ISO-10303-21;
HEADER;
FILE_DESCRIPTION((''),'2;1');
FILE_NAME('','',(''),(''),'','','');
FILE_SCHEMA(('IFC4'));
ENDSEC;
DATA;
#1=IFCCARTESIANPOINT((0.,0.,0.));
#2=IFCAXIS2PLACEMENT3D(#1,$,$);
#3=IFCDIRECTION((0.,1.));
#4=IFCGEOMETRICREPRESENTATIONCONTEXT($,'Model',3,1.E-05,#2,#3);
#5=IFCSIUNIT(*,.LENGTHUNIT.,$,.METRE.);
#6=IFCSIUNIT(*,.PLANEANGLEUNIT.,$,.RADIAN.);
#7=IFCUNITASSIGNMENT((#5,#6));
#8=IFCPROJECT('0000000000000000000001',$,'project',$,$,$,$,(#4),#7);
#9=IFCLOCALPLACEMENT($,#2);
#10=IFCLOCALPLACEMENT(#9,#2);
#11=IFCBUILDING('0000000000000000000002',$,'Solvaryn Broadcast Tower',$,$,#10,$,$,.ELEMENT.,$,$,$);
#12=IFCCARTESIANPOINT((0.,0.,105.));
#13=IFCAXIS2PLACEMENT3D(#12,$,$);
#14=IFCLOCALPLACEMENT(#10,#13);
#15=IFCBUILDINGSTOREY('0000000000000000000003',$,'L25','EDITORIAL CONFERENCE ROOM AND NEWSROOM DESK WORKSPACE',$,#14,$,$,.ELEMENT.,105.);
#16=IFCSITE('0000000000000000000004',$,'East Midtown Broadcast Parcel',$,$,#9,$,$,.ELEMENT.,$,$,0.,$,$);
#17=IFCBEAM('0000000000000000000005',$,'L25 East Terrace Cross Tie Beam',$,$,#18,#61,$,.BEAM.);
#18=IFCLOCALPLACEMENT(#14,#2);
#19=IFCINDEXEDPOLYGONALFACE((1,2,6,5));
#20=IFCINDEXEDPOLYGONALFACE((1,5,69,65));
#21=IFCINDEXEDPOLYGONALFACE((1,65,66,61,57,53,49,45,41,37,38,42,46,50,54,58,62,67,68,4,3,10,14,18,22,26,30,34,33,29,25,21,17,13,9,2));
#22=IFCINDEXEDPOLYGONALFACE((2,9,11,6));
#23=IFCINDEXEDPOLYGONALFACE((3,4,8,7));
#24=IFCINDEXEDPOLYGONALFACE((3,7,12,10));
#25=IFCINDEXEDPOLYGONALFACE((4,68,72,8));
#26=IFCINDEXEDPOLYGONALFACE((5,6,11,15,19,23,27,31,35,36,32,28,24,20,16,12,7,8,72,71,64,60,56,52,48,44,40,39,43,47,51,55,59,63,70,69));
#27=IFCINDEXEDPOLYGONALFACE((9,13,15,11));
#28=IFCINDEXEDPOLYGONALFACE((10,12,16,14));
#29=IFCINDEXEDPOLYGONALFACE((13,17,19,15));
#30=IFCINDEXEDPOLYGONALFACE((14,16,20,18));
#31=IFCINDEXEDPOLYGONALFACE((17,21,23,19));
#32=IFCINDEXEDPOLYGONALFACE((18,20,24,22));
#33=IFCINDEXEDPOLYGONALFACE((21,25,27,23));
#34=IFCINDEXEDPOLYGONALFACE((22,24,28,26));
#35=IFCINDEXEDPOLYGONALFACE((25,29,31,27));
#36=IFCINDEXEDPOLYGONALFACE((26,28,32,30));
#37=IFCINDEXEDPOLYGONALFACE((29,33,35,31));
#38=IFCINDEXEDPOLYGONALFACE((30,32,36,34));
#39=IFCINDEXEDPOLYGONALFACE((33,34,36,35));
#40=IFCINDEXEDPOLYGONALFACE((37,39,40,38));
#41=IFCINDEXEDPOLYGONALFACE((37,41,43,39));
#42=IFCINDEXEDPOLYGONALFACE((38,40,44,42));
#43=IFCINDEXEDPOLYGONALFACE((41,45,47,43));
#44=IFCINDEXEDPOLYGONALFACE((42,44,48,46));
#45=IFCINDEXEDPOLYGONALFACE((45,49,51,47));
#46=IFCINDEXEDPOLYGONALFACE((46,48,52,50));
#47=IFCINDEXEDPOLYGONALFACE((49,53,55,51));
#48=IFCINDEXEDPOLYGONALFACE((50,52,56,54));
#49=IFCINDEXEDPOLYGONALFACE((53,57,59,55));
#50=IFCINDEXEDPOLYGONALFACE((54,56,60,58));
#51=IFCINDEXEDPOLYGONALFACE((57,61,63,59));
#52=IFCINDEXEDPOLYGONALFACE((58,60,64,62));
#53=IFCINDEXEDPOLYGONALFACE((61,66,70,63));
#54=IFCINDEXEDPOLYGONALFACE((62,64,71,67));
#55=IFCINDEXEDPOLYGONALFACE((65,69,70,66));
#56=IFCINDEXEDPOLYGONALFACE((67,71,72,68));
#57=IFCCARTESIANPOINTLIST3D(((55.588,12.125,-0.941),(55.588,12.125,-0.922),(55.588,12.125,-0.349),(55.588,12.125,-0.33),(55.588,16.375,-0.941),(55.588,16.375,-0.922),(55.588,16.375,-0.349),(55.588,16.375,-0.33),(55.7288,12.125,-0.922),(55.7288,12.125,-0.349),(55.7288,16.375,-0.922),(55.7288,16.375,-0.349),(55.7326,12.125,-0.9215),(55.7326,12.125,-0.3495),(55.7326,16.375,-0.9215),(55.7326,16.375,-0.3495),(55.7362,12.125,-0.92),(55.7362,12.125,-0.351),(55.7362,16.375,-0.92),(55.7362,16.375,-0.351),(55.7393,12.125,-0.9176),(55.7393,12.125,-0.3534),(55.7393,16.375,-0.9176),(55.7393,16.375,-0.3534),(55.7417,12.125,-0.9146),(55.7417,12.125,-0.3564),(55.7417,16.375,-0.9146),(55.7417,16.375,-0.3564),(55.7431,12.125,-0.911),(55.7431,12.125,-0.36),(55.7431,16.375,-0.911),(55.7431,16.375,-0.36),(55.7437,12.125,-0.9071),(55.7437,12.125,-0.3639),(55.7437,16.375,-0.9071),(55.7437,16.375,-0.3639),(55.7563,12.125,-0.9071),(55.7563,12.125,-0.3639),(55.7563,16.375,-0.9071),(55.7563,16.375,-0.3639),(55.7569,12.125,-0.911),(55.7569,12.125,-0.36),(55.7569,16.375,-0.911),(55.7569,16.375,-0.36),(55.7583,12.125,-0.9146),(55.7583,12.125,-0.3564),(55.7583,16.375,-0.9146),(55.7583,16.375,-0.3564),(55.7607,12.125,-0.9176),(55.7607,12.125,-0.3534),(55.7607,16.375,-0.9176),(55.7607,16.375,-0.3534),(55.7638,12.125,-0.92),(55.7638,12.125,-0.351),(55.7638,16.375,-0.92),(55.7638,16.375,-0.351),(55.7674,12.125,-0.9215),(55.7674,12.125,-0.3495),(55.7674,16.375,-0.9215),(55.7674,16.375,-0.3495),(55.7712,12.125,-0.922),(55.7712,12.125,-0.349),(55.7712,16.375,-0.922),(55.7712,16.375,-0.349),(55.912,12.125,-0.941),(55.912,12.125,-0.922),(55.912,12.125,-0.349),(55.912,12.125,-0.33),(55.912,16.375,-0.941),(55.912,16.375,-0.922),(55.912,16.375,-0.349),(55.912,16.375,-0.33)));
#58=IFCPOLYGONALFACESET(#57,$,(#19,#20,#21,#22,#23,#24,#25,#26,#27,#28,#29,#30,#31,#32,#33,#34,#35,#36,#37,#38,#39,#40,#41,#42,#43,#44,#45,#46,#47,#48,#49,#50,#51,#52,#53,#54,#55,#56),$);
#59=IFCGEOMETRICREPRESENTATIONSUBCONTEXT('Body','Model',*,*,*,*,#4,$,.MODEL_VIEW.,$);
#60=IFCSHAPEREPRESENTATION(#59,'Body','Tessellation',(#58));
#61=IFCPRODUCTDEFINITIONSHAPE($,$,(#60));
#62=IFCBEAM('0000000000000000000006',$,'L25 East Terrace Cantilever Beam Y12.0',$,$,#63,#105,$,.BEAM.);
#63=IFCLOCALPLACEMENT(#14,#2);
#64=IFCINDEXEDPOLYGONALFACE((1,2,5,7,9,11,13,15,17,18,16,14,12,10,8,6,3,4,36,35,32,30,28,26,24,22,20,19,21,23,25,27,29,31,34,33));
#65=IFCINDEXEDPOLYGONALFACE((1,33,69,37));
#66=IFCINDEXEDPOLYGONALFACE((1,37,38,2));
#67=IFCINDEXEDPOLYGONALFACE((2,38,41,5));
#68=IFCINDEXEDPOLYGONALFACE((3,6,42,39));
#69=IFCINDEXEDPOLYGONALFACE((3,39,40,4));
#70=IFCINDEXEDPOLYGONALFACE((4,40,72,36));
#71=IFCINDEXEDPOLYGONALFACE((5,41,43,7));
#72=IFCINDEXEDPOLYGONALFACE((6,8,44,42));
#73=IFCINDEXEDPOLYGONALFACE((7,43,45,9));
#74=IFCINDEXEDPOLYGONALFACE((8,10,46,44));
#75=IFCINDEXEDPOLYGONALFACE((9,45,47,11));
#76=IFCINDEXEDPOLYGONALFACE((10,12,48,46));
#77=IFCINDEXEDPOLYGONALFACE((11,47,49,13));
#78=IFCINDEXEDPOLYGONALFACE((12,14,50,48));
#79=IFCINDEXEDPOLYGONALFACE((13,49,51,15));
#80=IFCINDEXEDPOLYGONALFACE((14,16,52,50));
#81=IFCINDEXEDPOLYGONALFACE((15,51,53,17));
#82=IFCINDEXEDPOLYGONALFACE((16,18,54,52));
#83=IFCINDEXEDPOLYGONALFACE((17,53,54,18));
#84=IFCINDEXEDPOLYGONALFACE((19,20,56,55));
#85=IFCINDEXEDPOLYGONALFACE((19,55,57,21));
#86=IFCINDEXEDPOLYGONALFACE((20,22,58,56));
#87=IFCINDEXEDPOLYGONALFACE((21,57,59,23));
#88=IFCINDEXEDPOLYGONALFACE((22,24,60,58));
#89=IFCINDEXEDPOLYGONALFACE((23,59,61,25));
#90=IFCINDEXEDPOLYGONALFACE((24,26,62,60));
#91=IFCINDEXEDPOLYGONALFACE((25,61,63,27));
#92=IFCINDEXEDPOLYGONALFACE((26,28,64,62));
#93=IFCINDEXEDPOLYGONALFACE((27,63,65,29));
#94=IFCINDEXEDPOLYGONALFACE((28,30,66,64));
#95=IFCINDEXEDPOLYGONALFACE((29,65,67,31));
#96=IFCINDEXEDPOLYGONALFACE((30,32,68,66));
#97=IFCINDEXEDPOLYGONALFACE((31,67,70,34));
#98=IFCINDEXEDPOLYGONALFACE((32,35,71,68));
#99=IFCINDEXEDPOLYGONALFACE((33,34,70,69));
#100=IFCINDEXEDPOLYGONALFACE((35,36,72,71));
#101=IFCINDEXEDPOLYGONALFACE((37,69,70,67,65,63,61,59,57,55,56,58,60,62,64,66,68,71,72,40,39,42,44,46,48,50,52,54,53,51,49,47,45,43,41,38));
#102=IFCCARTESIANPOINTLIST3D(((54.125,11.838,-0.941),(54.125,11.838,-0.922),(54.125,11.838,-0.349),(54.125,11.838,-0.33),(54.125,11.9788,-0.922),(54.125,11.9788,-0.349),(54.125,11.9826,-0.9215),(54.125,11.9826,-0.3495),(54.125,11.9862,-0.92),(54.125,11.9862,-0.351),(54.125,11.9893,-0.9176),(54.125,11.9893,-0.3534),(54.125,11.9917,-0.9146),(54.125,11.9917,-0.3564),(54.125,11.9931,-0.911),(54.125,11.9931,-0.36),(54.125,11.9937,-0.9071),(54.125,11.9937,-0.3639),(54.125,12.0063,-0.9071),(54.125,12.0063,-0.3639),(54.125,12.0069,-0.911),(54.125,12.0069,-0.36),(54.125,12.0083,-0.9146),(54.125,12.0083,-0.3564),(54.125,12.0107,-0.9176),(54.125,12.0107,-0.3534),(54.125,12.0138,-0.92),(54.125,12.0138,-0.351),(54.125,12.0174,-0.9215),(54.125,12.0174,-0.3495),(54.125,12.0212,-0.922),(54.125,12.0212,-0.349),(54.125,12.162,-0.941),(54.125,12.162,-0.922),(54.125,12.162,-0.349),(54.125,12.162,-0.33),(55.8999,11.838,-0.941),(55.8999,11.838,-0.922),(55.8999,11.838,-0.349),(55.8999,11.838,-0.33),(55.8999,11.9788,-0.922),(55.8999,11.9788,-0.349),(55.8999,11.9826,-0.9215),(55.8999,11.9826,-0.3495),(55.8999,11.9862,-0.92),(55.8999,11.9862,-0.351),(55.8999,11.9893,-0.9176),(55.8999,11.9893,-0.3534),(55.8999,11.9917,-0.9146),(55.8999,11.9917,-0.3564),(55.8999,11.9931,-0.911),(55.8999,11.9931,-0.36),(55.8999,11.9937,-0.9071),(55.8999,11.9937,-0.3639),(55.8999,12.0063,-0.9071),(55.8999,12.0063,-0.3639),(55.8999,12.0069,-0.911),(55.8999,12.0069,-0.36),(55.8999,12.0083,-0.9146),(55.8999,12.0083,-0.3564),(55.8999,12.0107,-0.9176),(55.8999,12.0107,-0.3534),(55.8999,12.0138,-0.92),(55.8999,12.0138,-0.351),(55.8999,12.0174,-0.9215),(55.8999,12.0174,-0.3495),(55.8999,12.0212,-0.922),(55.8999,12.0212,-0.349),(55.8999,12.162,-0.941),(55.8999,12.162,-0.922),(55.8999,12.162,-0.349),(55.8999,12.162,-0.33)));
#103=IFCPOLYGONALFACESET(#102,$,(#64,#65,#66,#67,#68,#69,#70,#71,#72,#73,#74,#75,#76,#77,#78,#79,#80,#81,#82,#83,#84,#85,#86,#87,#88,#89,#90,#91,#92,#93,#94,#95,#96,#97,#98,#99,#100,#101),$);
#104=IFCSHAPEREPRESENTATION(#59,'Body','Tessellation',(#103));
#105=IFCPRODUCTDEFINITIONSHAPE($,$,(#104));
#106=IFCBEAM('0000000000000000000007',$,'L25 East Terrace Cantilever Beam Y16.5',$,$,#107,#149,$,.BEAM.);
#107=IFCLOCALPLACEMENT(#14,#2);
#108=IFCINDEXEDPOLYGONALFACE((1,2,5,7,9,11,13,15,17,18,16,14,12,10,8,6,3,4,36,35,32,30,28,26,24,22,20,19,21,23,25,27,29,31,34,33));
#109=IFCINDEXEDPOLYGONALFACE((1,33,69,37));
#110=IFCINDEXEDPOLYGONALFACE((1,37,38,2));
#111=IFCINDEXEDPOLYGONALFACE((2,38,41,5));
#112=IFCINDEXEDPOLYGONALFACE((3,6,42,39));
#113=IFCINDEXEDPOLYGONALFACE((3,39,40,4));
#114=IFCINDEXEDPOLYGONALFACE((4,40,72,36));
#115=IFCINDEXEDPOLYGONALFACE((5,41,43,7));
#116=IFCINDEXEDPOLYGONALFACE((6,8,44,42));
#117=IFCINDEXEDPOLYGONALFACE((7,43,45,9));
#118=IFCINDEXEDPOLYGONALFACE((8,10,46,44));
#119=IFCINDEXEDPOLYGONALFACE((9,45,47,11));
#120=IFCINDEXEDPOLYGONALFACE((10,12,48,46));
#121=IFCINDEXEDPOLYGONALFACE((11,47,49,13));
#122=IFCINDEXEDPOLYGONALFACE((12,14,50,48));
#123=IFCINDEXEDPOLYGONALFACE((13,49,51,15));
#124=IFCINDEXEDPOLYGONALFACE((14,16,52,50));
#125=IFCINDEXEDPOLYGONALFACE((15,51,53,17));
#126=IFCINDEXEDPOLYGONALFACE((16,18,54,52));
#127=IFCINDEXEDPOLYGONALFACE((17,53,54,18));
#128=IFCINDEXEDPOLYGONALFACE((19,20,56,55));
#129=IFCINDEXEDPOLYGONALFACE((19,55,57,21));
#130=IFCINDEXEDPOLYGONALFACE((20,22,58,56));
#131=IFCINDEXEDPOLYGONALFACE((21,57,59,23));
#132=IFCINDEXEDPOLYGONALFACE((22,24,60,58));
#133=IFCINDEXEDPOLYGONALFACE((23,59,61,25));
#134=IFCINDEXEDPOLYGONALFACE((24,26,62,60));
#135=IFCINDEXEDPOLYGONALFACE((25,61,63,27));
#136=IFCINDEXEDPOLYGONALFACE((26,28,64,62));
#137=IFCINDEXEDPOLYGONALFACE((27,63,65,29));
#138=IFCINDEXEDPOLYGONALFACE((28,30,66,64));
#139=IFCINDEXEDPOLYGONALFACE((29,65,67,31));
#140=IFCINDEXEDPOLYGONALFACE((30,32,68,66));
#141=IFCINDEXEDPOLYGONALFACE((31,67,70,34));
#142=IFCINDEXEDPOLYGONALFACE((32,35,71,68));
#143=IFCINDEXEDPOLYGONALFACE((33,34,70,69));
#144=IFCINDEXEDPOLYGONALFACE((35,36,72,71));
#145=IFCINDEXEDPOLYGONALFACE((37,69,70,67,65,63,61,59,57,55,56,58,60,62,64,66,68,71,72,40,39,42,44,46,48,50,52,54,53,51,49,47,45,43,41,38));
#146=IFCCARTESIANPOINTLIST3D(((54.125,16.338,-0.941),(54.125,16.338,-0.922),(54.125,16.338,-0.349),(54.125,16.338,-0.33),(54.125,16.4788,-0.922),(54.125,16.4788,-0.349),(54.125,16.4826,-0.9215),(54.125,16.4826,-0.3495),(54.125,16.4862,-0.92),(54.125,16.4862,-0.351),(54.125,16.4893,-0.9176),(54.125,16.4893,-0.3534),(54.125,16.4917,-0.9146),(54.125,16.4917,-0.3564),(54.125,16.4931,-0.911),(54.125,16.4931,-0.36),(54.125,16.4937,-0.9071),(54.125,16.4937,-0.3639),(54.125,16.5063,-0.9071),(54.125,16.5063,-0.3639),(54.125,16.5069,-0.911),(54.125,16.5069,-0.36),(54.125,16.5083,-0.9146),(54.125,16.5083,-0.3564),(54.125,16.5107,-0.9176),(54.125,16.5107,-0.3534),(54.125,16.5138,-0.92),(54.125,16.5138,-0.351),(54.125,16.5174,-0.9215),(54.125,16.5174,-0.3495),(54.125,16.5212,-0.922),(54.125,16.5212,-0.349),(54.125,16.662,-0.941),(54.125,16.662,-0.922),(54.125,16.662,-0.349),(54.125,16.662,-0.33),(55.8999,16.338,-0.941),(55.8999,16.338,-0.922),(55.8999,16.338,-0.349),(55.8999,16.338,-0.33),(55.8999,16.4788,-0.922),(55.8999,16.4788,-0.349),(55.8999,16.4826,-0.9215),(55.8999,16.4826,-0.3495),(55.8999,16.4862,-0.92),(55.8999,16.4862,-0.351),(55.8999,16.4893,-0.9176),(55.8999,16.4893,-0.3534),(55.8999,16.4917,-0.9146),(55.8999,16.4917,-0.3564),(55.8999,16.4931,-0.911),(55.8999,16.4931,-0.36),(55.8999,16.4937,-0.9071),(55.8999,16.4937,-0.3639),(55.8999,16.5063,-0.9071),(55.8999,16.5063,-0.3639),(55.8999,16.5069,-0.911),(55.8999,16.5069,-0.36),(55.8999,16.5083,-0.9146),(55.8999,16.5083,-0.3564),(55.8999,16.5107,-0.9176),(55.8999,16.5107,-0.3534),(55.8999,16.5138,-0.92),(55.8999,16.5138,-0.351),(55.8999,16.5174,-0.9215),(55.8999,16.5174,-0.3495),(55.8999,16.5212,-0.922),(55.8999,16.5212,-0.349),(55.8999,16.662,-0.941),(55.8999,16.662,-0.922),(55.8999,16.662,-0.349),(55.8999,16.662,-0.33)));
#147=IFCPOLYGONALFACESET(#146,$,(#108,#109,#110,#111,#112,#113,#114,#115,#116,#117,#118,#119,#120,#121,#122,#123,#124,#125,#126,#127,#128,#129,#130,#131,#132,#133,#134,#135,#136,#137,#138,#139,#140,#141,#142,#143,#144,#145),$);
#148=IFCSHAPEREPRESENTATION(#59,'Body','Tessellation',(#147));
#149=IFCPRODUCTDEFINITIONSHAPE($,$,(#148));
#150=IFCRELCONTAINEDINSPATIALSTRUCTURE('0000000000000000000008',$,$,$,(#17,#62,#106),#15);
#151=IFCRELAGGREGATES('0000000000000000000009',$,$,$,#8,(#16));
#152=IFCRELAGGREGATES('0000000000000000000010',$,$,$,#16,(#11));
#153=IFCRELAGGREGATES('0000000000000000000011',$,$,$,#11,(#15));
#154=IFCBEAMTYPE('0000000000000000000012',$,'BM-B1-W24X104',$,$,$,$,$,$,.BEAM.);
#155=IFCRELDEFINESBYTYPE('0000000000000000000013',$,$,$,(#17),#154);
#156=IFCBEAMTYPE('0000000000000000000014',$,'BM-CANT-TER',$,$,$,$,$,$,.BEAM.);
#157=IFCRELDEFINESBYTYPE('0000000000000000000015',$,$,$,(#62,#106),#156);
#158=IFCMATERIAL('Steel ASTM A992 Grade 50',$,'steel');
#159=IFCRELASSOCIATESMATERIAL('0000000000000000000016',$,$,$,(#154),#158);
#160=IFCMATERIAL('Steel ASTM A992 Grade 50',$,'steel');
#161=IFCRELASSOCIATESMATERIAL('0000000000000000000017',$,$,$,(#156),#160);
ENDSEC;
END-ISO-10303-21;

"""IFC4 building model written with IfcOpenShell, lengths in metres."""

from ifc_helpers import new_model, si_unit, direction, frame, origin, origin_2d, place, context, subcontext, project, spatial, i_section, extrude, material, material_profile, profile_set, type_object, element, save


model = new_model("IFC4")

# Units and contexts
model_context = context("Model", 3, precision=1e-05, world=origin(), true_north=direction((0.0, 1.0)))
body_context = subcontext(model_context, "Body", "Model", "MODEL_VIEW")
ifc_project = project(units=[si_unit("LENGTHUNIT", "METRE"), si_unit("PLANEANGLEUNIT", "RADIAN")], contexts=[model_context])

# Site, building, storey
site_placement = place(None, origin())
site = spatial("IfcSite", under=ifc_project, at=site_placement, Name="East Midtown Broadcast Parcel", CompositionType="ELEMENT", RefElevation=0.0)
building_placement = place(site_placement, origin())
building = spatial("IfcBuilding", under=site, at=building_placement, Name="Solvaryn Broadcast Tower", CompositionType="ELEMENT")
storey_placement = place(building_placement, frame((0.0, 0.0, 105.0)))
storey = spatial("IfcBuildingStorey", under=building, at=storey_placement, Name="L25", Description="EDITORIAL CONFERENCE ROOM AND NEWSROOM DESK WORKSPACE", CompositionType="ELEMENT", Elevation=105.0)

# Beams
ifc_material_1 = material(Name="Steel ASTM A992 Grade 50", Category="steel")
ifc_material_profile_1 = material_profile(ifc_material_1, i_section(OverallWidth=0.324, OverallDepth=0.6111, WebThickness=0.0127, FlangeThickness=0.019, FilletRadius=0.0149, at=origin_2d()))
ifc_profile_set_1 = profile_set([ifc_material_profile_1], Name="Steel ASTM A992 Grade 50")
beam_type_1 = type_object("IfcBeamType", Name="BM-B1-W24X104", PredefinedType="BEAM", material=ifc_profile_set_1)
beam_placement = place(storey_placement, frame((55.75, 12.125, -0.6355), z_axis=(0.0, 1.0, 0.0), x_axis=(-1.0, 0.0, 0.0)))
element("IfcBeam", 1, at=beam_placement, inside=storey, type_object=beam_type_1, Name="L25 East Terrace Cross Tie Beam", PredefinedType="BEAM", context=body_context, shape_type="SweptSolid", body=[
    extrude(i_section(OverallWidth=0.324, OverallDepth=0.6111, WebThickness=0.0127, FlangeThickness=0.019, FilletRadius=0.0149, at=origin_2d()), origin(), (0.0, 0.0, 1.0), 4.25),
])
ifc_material_2 = material(Name="Steel ASTM A992 Grade 50", Category="steel")
ifc_material_profile_2 = material_profile(ifc_material_2, i_section(OverallWidth=0.324, OverallDepth=0.6111, WebThickness=0.0127, FlangeThickness=0.019, FilletRadius=0.0149, at=origin_2d()))
ifc_profile_set_2 = profile_set([ifc_material_profile_2], Name="Steel ASTM A992 Grade 50")
beam_type_2 = type_object("IfcBeamType", Name="BM-CANT-TER", PredefinedType="BEAM", material=ifc_profile_set_2)
for number, where, z_axis, x_axis, name in (
    (2, (54.125, 12.0, -0.6355), (1.0, 0.0, 0.0), (0.0, 1.0, 0.0), "L25 East Terrace Cantilever Beam Y12.0"),
    (3, (54.125, 16.5, -0.6355), (1.0, 0.0, 0.0), (0.0, 1.0, 0.0), "L25 East Terrace Cantilever Beam Y16.5"),
):
    element("IfcBeam", number, at=place(storey_placement, frame(where, z_axis=z_axis, x_axis=x_axis)), inside=storey, type_object=beam_type_2, Name=name, PredefinedType="BEAM", context=body_context, shape_type="SweptSolid", body=[
        extrude(i_section(OverallWidth=0.324, OverallDepth=0.6111, WebThickness=0.0127, FlangeThickness=0.019, FilletRadius=0.0149, at=origin_2d()), origin(), (0.0, 0.0, 1.0), 1.7749),
    ])

save(model, "model.ifc")
